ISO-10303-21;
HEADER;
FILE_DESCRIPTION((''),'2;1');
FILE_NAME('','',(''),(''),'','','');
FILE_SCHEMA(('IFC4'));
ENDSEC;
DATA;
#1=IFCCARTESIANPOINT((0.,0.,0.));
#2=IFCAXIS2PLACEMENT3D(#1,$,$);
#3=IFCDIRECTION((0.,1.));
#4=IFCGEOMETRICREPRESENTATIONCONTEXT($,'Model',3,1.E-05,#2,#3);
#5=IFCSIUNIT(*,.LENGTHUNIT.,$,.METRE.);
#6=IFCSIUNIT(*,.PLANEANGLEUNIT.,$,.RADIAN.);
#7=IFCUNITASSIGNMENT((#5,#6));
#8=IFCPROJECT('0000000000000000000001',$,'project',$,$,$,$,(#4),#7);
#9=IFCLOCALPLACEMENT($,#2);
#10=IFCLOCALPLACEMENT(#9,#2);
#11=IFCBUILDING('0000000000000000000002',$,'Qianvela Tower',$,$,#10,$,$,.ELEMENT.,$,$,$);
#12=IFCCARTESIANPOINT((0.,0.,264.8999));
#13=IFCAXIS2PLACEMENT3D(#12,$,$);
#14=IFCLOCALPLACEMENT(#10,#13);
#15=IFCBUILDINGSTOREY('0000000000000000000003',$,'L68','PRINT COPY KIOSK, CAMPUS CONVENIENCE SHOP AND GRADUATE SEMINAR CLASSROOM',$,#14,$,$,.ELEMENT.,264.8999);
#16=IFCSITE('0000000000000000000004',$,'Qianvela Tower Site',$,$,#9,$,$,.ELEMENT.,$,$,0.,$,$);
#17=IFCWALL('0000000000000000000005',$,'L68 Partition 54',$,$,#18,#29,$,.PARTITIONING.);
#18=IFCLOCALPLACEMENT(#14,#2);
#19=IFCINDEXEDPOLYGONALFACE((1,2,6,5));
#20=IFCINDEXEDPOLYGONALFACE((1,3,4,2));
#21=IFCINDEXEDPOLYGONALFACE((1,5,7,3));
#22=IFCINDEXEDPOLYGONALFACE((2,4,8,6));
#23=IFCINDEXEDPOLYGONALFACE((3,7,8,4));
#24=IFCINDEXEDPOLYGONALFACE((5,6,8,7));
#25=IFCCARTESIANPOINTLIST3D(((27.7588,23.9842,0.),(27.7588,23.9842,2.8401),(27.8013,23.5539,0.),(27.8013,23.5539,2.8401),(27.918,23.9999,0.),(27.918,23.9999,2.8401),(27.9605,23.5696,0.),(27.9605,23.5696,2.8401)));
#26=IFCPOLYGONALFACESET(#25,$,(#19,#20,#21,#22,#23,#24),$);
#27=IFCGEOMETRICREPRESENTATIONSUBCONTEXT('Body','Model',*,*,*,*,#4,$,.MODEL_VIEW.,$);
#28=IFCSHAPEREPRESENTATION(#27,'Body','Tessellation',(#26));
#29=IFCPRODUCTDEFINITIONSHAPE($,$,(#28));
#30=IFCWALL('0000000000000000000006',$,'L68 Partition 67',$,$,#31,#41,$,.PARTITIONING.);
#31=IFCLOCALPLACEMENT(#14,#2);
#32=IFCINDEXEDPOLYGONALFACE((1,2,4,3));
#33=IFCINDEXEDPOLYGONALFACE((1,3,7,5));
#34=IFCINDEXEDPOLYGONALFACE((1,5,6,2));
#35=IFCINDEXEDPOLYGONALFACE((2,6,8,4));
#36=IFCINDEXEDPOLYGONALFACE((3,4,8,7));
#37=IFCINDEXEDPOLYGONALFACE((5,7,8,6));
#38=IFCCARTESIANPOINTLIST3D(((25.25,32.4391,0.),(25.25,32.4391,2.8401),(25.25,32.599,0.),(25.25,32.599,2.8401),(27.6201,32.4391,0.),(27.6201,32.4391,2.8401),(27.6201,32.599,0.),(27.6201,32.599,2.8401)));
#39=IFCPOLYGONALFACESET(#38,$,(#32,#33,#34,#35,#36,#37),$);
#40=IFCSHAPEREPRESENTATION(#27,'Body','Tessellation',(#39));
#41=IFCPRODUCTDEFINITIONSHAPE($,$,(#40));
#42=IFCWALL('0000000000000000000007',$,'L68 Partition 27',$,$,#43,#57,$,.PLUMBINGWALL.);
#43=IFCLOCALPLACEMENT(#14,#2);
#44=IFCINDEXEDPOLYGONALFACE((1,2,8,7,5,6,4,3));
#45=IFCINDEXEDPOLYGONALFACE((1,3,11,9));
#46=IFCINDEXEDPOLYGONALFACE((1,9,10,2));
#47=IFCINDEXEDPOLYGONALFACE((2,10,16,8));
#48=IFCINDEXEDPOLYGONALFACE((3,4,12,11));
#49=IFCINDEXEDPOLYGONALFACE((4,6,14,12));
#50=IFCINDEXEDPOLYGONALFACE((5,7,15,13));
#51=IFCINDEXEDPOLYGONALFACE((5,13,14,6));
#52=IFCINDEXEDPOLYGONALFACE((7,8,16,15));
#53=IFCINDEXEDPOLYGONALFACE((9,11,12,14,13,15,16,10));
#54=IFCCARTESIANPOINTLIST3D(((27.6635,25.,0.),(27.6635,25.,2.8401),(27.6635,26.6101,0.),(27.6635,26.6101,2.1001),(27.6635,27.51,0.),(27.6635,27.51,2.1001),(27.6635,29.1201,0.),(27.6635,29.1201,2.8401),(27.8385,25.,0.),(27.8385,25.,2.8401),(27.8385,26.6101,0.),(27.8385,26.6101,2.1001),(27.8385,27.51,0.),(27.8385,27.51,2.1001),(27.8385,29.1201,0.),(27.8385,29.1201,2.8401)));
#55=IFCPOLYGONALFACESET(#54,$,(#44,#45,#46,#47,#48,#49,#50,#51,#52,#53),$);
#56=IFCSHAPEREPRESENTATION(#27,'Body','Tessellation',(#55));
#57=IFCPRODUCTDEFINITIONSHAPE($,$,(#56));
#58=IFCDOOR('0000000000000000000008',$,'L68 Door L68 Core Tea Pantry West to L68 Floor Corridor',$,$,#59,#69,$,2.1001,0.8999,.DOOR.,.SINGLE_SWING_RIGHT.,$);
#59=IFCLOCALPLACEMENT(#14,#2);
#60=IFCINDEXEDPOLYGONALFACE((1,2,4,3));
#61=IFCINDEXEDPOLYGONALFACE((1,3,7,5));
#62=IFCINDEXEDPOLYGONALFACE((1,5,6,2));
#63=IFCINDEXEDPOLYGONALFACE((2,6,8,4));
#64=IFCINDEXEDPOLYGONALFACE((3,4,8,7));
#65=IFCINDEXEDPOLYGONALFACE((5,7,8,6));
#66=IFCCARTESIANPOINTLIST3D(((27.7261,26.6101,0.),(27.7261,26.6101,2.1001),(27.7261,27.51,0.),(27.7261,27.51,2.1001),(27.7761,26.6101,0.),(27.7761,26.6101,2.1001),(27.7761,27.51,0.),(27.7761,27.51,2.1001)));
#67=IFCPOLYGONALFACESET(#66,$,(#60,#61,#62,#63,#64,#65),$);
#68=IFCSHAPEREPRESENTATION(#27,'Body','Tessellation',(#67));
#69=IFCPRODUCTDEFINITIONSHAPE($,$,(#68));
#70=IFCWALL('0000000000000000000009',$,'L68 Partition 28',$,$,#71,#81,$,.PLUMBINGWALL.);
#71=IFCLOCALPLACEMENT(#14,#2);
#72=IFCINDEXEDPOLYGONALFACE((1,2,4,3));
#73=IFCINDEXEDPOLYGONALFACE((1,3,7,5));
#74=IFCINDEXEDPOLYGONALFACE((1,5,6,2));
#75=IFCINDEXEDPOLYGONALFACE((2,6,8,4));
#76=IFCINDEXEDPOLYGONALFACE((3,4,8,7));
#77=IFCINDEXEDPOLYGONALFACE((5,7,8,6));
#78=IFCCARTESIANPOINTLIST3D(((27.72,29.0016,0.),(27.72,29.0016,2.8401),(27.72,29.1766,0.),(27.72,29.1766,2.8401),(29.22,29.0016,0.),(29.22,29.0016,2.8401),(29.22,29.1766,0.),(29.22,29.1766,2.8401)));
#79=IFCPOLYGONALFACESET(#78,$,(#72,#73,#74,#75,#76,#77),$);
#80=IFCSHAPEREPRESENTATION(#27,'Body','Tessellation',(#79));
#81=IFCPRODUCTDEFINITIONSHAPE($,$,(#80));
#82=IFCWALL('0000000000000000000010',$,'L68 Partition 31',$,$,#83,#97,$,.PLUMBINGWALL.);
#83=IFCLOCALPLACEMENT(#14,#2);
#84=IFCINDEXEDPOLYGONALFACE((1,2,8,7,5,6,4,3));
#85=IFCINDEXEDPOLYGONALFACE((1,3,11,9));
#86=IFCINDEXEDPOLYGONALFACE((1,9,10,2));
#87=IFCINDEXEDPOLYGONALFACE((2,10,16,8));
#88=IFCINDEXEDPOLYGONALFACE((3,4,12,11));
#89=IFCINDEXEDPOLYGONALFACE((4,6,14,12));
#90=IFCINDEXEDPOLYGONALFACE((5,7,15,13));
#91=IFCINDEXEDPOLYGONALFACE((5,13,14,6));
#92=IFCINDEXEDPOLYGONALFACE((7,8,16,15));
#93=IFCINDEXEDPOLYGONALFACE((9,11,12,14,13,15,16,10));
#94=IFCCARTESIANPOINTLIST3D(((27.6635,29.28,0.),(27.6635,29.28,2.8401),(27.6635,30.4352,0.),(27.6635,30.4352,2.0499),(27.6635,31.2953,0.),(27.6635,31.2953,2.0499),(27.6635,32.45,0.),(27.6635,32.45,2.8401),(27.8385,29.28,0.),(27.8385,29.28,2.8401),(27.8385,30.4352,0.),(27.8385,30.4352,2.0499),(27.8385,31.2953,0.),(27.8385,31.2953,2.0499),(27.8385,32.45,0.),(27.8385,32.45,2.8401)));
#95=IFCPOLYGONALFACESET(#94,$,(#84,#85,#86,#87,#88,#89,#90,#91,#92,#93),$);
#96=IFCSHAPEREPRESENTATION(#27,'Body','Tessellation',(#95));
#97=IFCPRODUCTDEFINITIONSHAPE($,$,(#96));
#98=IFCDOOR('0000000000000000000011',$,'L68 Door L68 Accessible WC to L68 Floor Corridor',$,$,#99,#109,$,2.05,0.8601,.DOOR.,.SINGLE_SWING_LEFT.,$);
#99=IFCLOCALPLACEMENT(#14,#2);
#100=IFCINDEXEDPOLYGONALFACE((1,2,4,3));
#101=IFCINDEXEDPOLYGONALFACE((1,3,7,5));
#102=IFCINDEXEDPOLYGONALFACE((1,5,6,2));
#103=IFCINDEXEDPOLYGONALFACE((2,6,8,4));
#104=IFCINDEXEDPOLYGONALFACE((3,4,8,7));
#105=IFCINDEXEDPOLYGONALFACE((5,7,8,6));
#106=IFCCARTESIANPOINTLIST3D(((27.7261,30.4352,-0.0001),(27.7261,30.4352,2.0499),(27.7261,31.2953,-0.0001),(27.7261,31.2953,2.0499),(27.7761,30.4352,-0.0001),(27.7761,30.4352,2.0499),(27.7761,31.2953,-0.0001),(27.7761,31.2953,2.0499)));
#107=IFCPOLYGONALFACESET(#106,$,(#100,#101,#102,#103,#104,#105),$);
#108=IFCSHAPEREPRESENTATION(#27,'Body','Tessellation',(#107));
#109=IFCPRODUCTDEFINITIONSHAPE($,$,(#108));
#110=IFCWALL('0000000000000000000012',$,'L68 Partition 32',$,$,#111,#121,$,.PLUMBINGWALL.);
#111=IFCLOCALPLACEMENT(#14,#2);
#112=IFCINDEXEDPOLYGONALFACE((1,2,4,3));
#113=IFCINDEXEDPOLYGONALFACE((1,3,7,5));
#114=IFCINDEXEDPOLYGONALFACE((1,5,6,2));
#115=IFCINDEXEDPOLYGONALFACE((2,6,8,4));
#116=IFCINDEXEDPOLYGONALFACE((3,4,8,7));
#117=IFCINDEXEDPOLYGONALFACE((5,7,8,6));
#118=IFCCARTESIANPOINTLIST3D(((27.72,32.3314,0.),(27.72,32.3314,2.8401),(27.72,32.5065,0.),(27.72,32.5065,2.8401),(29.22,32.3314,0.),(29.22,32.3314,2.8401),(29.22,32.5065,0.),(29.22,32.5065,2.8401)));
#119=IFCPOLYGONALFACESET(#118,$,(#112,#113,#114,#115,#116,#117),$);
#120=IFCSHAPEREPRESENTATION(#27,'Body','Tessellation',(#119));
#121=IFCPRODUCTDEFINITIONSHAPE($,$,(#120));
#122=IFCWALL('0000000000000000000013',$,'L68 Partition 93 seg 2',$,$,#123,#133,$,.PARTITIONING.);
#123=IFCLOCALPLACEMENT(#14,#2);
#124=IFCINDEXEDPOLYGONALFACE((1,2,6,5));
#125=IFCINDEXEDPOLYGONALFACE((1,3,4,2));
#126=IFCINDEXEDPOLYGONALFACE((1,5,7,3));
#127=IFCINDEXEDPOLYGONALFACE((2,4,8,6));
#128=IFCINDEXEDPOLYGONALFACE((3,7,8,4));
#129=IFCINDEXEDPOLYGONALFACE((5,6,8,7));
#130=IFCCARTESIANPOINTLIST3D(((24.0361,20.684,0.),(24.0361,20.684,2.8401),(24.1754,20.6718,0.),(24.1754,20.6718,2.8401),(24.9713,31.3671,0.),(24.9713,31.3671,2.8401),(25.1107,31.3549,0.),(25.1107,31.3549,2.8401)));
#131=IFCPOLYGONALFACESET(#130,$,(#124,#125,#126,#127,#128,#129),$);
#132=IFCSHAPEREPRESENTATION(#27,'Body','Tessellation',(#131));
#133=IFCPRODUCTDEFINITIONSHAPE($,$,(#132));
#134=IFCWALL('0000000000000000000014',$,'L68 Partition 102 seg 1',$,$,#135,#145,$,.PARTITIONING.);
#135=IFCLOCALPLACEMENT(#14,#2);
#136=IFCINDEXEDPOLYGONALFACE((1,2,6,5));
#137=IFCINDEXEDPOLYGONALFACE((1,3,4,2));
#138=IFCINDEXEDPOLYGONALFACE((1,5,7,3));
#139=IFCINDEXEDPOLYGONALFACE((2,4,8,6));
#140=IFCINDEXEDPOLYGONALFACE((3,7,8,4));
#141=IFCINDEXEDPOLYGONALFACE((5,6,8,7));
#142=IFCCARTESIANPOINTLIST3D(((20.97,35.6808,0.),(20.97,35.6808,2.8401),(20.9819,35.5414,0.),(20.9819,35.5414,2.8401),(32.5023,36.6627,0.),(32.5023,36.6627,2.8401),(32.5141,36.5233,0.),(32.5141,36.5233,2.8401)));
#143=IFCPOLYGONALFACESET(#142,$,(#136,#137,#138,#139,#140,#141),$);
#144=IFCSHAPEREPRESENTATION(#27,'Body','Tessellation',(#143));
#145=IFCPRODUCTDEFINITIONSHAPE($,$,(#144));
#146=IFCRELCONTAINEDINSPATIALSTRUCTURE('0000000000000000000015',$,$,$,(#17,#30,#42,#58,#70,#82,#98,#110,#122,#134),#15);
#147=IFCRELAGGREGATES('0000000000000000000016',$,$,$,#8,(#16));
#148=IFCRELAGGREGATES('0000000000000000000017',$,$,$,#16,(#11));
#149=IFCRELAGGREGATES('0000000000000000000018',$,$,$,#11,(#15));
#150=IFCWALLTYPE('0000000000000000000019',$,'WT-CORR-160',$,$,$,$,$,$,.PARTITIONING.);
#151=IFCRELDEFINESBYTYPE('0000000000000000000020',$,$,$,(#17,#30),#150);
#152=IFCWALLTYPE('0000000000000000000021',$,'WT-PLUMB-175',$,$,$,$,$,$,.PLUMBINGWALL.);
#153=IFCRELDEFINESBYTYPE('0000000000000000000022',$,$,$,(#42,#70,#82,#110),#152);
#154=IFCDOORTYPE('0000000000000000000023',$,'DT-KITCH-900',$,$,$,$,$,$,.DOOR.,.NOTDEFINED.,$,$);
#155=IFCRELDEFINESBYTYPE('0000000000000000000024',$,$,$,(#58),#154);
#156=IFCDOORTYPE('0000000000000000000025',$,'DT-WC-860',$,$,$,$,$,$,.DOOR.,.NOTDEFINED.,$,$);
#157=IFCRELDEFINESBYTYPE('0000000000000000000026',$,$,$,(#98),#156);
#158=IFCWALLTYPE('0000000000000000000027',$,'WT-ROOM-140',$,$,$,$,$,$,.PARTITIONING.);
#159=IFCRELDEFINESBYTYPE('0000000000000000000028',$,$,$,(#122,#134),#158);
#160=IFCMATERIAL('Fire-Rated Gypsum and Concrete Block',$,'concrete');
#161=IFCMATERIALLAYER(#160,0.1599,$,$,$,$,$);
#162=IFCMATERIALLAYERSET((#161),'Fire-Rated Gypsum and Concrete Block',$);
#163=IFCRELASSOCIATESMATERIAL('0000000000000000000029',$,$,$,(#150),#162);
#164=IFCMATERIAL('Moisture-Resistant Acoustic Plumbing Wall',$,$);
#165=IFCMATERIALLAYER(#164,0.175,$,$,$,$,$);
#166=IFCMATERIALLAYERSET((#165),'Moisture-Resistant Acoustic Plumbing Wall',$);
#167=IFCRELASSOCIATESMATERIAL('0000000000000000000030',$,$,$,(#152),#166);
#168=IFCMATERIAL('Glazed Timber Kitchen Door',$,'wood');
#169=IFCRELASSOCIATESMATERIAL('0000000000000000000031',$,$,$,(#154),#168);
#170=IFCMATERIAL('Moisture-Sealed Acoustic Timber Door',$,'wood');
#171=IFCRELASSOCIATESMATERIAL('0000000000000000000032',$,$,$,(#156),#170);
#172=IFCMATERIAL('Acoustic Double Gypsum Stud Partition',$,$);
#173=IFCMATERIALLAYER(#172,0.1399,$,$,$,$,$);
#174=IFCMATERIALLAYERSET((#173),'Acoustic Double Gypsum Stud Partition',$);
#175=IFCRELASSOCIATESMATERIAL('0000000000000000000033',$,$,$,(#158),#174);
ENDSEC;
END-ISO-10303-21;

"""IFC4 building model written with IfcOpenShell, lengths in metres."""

from ifc_helpers import new_model, si_unit, direction, frame, frame_2d, origin, place, context, subcontext, project, spatial, rectangle, extrude, material, layer, layer_set, type_object, element, fill, save


model = new_model("IFC4")

# Units and contexts
model_context = context("Model", 3, precision=1e-05, world=origin(), true_north=direction((0.0, 1.0)))
body_context = subcontext(model_context, "Body", "Model", "MODEL_VIEW")
ifc_project = project(units=[si_unit("LENGTHUNIT", "METRE"), si_unit("PLANEANGLEUNIT", "RADIAN")], contexts=[model_context])

# Site, building, storey
site_placement = place(None, origin())
site = spatial("IfcSite", under=ifc_project, at=site_placement, Name="Qianvela Tower Site", CompositionType="ELEMENT", RefElevation=0.0)
building_placement = place(site_placement, origin())
building = spatial("IfcBuilding", under=site, at=building_placement, Name="Qianvela Tower", CompositionType="ELEMENT")
storey_placement = place(building_placement, frame((0.0, 0.0, 264.8999)))
storey = spatial("IfcBuildingStorey", under=building, at=storey_placement, Name="L68", Description="PRINT COPY KIOSK, CAMPUS CONVENIENCE SHOP AND GRADUATE SEMINAR CLASSROOM", CompositionType="ELEMENT", Elevation=264.8999)

# Walls
ifc_material_1 = material(Name="Fire-Rated Gypsum and Concrete Block", Category="concrete")
ifc_layer_1 = layer(ifc_material_1, 0.1599)
ifc_layer_set_1 = layer_set([ifc_layer_1], Name="Fire-Rated Gypsum and Concrete Block")
wall_type_1 = type_object("IfcWallType", Name="WT-CORR-160", PredefinedType="PARTITIONING", material=ifc_layer_set_1)
wall_1_placement = place(storey_placement, frame((27.8384, 23.9922, 0.0), z_axis=(0.0, 0.0, 1.0), x_axis=(0.098273, -0.995159, 0.0)))
element("IfcWall", 1, at=wall_1_placement, inside=storey, type_object=wall_type_1, Name="L68 Partition 54", PredefinedType="PARTITIONING", context=body_context, shape_type="SweptSolid", body=[
    extrude(rectangle(XDim=0.4324, YDim=0.1599, at=frame_2d((0.2163, 0.0))), origin(), (0.0, 0.0, 1.0), 2.8401),
])
wall_2_placement = place(storey_placement, frame((25.25, 32.519, 0.0), z_axis=(0.0, 0.0, 1.0), x_axis=(1.0, 0.0, 0.0)))
element("IfcWall", 2, at=wall_2_placement, inside=storey, type_object=wall_type_1, Name="L68 Partition 67", PredefinedType="PARTITIONING", context=body_context, shape_type="SweptSolid", body=[
    extrude(rectangle(XDim=2.3701, YDim=0.1599, at=frame_2d((1.1851, 0.0))), origin(), (0.0, 0.0, 1.0), 2.8401),
])

# Wall, opening, door
ifc_material_2 = material(Name="Moisture-Resistant Acoustic Plumbing Wall")
ifc_layer_2 = layer(ifc_material_2, 0.175)
ifc_layer_set_2 = layer_set([ifc_layer_2], Name="Moisture-Resistant Acoustic Plumbing Wall")
wall_type_2 = type_object("IfcWallType", Name="WT-PLUMB-175", PredefinedType="PLUMBINGWALL", material=ifc_layer_set_2)
wall_3_placement = place(storey_placement, frame((27.751, 25.0, 0.0), z_axis=(0.0, 0.0, 1.0), x_axis=(0.0, 1.0, 0.0)))
wall_3 = element("IfcWall", 3, at=wall_3_placement, inside=storey, type_object=wall_type_2, Name="L68 Partition 27", PredefinedType="PLUMBINGWALL", context=body_context, shape_type="SweptSolid", body=[
    extrude(rectangle(XDim=4.1201, YDim=0.175, at=frame_2d((2.0601, 0.0))), origin(), (0.0, 0.0, 1.0), 2.8401),
])
opening_1_placement = place(wall_3_placement, frame((1.6101, 0.0, 0.0)))
opening_1 = element("IfcOpeningElement", 4, at=opening_1_placement, cuts=wall_3, PredefinedType="OPENING", context=body_context, shape_type="SweptSolid", body=[
    extrude(rectangle(XDim=0.8999, YDim=2.1001, at=frame_2d((0.45, 1.05))), frame((0.0, 0.0974, 0.0), z_axis=(0.0, -1.0, 0.0), x_axis=(1.0, 0.0, 0.0)), (0.0, 0.0, 1.0), 0.1951),
])
ifc_material_3 = material(Name="Glazed Timber Kitchen Door", Category="wood")
door_type_1 = type_object("IfcDoorType", Name="DT-KITCH-900", OperationType="NOTDEFINED", PredefinedType="DOOR", material=ifc_material_3)
door_1_placement = place(opening_1_placement, origin())
door_1 = element("IfcDoor", 5, at=door_1_placement, inside=storey, type_object=door_type_1, Name="L68 Door L68 Core Tea Pantry West to L68 Floor Corridor", OperationType="SINGLE_SWING_RIGHT", OverallHeight=2.1001, OverallWidth=0.8999, PredefinedType="DOOR", context=body_context, shape_type="SweptSolid", body=[
    extrude(rectangle(XDim=0.8999, YDim=2.1001, at=frame_2d((0.45, 1.05))), frame((0.0, 0.0249, 0.0), z_axis=(0.0, -1.0, 0.0), x_axis=(1.0, 0.0, 0.0)), (0.0, 0.0, 1.0), 0.05),
])
fill(opening_1, door_1)

# Wall
wall_4_placement = place(storey_placement, frame((27.72, 29.0891, 0.0), z_axis=(0.0, 0.0, 1.0), x_axis=(1.0, 0.0, 0.0)))
element("IfcWall", 6, at=wall_4_placement, inside=storey, type_object=wall_type_2, Name="L68 Partition 28", PredefinedType="PLUMBINGWALL", context=body_context, shape_type="SweptSolid", body=[
    extrude(rectangle(XDim=1.5, YDim=0.175, at=frame_2d((0.75, 0.0))), origin(), (0.0, 0.0, 1.0), 2.8401),
])

# Wall, opening, door
wall_5_placement = place(storey_placement, frame((27.751, 29.28, 0.0), z_axis=(0.0, 0.0, 1.0), x_axis=(0.0, 1.0, 0.0)))
wall_5 = element("IfcWall", 7, at=wall_5_placement, inside=storey, type_object=wall_type_2, Name="L68 Partition 31", PredefinedType="PLUMBINGWALL", context=body_context, shape_type="SweptSolid", body=[
    extrude(rectangle(XDim=3.1699, YDim=0.175, at=frame_2d((1.585, 0.0))), origin(), (0.0, 0.0, 1.0), 2.8401),
])
opening_2_placement = place(wall_5_placement, frame((1.155, 0.0, 0.0)))
opening_2 = element("IfcOpeningElement", 8, at=opening_2_placement, cuts=wall_5, PredefinedType="OPENING", context=body_context, shape_type="SweptSolid", body=[
    extrude(rectangle(XDim=0.8601, YDim=2.05, at=frame_2d((0.4302, 1.0249))), frame((0.0, 0.0974, 0.0), z_axis=(0.0, -1.0, 0.0), x_axis=(1.0, 0.0, 0.0)), (0.0, 0.0, 1.0), 0.1951),
])
ifc_material_4 = material(Name="Moisture-Sealed Acoustic Timber Door", Category="wood")
door_type_2 = type_object("IfcDoorType", Name="DT-WC-860", OperationType="NOTDEFINED", PredefinedType="DOOR", material=ifc_material_4)
door_2_placement = place(opening_2_placement, origin())
door_2 = element("IfcDoor", 9, at=door_2_placement, inside=storey, type_object=door_type_2, Name="L68 Door L68 Accessible WC to L68 Floor Corridor", OperationType="SINGLE_SWING_LEFT", OverallHeight=2.05, OverallWidth=0.8601, PredefinedType="DOOR", context=body_context, shape_type="SweptSolid", body=[
    extrude(rectangle(XDim=0.8601, YDim=2.05, at=frame_2d((0.4302, 1.0249))), frame((0.0, 0.0249, 0.0), z_axis=(0.0, -1.0, 0.0), x_axis=(1.0, 0.0, 0.0)), (0.0, 0.0, 1.0), 0.05),
])
fill(opening_2, door_2)

# Walls
wall_6_placement = place(storey_placement, frame((27.72, 32.4189, 0.0), z_axis=(0.0, 0.0, 1.0), x_axis=(1.0, 0.0, 0.0)))
element("IfcWall", 10, at=wall_6_placement, inside=storey, type_object=wall_type_2, Name="L68 Partition 32", PredefinedType="PLUMBINGWALL", context=body_context, shape_type="SweptSolid", body=[
    extrude(rectangle(XDim=1.5, YDim=0.175, at=frame_2d((0.75, 0.0))), origin(), (0.0, 0.0, 1.0), 2.8401),
])
ifc_material_5 = material(Name="Acoustic Double Gypsum Stud Partition")
ifc_layer_3 = layer(ifc_material_5, 0.1399)
ifc_layer_set_3 = layer_set([ifc_layer_3], Name="Acoustic Double Gypsum Stud Partition")
wall_type_3 = type_object("IfcWallType", Name="WT-ROOM-140", PredefinedType="PARTITIONING", material=ifc_layer_set_3)
wall_7_placement = place(storey_placement, frame((25.041, 31.3608, 0.0), z_axis=(0.0, 0.0, 1.0), x_axis=(-0.087216, -0.996189, 0.0)))
element("IfcWall", 11, at=wall_7_placement, inside=storey, type_object=wall_type_3, Name="L68 Partition 93 seg 2", PredefinedType="PARTITIONING", context=body_context, shape_type="SweptSolid", body=[
    extrude(rectangle(XDim=10.7239, YDim=0.1399, at=frame_2d((5.3618, 0.0))), origin(), (0.0, 0.0, 1.0), 2.8401),
])
wall_8_placement = place(storey_placement, frame((20.9758, 35.6111, 0.0), z_axis=(0.0, 0.0, 1.0), x_axis=(0.996395, 0.08484, 0.0)))
element("IfcWall", 12, at=wall_8_placement, inside=storey, type_object=wall_type_3, Name="L68 Partition 102 seg 1", PredefinedType="PARTITIONING", context=body_context, shape_type="SweptSolid", body=[
    extrude(rectangle(XDim=11.574, YDim=0.1399, at=frame_2d((5.7871, 0.0))), origin(), (0.0, 0.0, 1.0), 2.8401),
])

save(model, "model.ifc")
